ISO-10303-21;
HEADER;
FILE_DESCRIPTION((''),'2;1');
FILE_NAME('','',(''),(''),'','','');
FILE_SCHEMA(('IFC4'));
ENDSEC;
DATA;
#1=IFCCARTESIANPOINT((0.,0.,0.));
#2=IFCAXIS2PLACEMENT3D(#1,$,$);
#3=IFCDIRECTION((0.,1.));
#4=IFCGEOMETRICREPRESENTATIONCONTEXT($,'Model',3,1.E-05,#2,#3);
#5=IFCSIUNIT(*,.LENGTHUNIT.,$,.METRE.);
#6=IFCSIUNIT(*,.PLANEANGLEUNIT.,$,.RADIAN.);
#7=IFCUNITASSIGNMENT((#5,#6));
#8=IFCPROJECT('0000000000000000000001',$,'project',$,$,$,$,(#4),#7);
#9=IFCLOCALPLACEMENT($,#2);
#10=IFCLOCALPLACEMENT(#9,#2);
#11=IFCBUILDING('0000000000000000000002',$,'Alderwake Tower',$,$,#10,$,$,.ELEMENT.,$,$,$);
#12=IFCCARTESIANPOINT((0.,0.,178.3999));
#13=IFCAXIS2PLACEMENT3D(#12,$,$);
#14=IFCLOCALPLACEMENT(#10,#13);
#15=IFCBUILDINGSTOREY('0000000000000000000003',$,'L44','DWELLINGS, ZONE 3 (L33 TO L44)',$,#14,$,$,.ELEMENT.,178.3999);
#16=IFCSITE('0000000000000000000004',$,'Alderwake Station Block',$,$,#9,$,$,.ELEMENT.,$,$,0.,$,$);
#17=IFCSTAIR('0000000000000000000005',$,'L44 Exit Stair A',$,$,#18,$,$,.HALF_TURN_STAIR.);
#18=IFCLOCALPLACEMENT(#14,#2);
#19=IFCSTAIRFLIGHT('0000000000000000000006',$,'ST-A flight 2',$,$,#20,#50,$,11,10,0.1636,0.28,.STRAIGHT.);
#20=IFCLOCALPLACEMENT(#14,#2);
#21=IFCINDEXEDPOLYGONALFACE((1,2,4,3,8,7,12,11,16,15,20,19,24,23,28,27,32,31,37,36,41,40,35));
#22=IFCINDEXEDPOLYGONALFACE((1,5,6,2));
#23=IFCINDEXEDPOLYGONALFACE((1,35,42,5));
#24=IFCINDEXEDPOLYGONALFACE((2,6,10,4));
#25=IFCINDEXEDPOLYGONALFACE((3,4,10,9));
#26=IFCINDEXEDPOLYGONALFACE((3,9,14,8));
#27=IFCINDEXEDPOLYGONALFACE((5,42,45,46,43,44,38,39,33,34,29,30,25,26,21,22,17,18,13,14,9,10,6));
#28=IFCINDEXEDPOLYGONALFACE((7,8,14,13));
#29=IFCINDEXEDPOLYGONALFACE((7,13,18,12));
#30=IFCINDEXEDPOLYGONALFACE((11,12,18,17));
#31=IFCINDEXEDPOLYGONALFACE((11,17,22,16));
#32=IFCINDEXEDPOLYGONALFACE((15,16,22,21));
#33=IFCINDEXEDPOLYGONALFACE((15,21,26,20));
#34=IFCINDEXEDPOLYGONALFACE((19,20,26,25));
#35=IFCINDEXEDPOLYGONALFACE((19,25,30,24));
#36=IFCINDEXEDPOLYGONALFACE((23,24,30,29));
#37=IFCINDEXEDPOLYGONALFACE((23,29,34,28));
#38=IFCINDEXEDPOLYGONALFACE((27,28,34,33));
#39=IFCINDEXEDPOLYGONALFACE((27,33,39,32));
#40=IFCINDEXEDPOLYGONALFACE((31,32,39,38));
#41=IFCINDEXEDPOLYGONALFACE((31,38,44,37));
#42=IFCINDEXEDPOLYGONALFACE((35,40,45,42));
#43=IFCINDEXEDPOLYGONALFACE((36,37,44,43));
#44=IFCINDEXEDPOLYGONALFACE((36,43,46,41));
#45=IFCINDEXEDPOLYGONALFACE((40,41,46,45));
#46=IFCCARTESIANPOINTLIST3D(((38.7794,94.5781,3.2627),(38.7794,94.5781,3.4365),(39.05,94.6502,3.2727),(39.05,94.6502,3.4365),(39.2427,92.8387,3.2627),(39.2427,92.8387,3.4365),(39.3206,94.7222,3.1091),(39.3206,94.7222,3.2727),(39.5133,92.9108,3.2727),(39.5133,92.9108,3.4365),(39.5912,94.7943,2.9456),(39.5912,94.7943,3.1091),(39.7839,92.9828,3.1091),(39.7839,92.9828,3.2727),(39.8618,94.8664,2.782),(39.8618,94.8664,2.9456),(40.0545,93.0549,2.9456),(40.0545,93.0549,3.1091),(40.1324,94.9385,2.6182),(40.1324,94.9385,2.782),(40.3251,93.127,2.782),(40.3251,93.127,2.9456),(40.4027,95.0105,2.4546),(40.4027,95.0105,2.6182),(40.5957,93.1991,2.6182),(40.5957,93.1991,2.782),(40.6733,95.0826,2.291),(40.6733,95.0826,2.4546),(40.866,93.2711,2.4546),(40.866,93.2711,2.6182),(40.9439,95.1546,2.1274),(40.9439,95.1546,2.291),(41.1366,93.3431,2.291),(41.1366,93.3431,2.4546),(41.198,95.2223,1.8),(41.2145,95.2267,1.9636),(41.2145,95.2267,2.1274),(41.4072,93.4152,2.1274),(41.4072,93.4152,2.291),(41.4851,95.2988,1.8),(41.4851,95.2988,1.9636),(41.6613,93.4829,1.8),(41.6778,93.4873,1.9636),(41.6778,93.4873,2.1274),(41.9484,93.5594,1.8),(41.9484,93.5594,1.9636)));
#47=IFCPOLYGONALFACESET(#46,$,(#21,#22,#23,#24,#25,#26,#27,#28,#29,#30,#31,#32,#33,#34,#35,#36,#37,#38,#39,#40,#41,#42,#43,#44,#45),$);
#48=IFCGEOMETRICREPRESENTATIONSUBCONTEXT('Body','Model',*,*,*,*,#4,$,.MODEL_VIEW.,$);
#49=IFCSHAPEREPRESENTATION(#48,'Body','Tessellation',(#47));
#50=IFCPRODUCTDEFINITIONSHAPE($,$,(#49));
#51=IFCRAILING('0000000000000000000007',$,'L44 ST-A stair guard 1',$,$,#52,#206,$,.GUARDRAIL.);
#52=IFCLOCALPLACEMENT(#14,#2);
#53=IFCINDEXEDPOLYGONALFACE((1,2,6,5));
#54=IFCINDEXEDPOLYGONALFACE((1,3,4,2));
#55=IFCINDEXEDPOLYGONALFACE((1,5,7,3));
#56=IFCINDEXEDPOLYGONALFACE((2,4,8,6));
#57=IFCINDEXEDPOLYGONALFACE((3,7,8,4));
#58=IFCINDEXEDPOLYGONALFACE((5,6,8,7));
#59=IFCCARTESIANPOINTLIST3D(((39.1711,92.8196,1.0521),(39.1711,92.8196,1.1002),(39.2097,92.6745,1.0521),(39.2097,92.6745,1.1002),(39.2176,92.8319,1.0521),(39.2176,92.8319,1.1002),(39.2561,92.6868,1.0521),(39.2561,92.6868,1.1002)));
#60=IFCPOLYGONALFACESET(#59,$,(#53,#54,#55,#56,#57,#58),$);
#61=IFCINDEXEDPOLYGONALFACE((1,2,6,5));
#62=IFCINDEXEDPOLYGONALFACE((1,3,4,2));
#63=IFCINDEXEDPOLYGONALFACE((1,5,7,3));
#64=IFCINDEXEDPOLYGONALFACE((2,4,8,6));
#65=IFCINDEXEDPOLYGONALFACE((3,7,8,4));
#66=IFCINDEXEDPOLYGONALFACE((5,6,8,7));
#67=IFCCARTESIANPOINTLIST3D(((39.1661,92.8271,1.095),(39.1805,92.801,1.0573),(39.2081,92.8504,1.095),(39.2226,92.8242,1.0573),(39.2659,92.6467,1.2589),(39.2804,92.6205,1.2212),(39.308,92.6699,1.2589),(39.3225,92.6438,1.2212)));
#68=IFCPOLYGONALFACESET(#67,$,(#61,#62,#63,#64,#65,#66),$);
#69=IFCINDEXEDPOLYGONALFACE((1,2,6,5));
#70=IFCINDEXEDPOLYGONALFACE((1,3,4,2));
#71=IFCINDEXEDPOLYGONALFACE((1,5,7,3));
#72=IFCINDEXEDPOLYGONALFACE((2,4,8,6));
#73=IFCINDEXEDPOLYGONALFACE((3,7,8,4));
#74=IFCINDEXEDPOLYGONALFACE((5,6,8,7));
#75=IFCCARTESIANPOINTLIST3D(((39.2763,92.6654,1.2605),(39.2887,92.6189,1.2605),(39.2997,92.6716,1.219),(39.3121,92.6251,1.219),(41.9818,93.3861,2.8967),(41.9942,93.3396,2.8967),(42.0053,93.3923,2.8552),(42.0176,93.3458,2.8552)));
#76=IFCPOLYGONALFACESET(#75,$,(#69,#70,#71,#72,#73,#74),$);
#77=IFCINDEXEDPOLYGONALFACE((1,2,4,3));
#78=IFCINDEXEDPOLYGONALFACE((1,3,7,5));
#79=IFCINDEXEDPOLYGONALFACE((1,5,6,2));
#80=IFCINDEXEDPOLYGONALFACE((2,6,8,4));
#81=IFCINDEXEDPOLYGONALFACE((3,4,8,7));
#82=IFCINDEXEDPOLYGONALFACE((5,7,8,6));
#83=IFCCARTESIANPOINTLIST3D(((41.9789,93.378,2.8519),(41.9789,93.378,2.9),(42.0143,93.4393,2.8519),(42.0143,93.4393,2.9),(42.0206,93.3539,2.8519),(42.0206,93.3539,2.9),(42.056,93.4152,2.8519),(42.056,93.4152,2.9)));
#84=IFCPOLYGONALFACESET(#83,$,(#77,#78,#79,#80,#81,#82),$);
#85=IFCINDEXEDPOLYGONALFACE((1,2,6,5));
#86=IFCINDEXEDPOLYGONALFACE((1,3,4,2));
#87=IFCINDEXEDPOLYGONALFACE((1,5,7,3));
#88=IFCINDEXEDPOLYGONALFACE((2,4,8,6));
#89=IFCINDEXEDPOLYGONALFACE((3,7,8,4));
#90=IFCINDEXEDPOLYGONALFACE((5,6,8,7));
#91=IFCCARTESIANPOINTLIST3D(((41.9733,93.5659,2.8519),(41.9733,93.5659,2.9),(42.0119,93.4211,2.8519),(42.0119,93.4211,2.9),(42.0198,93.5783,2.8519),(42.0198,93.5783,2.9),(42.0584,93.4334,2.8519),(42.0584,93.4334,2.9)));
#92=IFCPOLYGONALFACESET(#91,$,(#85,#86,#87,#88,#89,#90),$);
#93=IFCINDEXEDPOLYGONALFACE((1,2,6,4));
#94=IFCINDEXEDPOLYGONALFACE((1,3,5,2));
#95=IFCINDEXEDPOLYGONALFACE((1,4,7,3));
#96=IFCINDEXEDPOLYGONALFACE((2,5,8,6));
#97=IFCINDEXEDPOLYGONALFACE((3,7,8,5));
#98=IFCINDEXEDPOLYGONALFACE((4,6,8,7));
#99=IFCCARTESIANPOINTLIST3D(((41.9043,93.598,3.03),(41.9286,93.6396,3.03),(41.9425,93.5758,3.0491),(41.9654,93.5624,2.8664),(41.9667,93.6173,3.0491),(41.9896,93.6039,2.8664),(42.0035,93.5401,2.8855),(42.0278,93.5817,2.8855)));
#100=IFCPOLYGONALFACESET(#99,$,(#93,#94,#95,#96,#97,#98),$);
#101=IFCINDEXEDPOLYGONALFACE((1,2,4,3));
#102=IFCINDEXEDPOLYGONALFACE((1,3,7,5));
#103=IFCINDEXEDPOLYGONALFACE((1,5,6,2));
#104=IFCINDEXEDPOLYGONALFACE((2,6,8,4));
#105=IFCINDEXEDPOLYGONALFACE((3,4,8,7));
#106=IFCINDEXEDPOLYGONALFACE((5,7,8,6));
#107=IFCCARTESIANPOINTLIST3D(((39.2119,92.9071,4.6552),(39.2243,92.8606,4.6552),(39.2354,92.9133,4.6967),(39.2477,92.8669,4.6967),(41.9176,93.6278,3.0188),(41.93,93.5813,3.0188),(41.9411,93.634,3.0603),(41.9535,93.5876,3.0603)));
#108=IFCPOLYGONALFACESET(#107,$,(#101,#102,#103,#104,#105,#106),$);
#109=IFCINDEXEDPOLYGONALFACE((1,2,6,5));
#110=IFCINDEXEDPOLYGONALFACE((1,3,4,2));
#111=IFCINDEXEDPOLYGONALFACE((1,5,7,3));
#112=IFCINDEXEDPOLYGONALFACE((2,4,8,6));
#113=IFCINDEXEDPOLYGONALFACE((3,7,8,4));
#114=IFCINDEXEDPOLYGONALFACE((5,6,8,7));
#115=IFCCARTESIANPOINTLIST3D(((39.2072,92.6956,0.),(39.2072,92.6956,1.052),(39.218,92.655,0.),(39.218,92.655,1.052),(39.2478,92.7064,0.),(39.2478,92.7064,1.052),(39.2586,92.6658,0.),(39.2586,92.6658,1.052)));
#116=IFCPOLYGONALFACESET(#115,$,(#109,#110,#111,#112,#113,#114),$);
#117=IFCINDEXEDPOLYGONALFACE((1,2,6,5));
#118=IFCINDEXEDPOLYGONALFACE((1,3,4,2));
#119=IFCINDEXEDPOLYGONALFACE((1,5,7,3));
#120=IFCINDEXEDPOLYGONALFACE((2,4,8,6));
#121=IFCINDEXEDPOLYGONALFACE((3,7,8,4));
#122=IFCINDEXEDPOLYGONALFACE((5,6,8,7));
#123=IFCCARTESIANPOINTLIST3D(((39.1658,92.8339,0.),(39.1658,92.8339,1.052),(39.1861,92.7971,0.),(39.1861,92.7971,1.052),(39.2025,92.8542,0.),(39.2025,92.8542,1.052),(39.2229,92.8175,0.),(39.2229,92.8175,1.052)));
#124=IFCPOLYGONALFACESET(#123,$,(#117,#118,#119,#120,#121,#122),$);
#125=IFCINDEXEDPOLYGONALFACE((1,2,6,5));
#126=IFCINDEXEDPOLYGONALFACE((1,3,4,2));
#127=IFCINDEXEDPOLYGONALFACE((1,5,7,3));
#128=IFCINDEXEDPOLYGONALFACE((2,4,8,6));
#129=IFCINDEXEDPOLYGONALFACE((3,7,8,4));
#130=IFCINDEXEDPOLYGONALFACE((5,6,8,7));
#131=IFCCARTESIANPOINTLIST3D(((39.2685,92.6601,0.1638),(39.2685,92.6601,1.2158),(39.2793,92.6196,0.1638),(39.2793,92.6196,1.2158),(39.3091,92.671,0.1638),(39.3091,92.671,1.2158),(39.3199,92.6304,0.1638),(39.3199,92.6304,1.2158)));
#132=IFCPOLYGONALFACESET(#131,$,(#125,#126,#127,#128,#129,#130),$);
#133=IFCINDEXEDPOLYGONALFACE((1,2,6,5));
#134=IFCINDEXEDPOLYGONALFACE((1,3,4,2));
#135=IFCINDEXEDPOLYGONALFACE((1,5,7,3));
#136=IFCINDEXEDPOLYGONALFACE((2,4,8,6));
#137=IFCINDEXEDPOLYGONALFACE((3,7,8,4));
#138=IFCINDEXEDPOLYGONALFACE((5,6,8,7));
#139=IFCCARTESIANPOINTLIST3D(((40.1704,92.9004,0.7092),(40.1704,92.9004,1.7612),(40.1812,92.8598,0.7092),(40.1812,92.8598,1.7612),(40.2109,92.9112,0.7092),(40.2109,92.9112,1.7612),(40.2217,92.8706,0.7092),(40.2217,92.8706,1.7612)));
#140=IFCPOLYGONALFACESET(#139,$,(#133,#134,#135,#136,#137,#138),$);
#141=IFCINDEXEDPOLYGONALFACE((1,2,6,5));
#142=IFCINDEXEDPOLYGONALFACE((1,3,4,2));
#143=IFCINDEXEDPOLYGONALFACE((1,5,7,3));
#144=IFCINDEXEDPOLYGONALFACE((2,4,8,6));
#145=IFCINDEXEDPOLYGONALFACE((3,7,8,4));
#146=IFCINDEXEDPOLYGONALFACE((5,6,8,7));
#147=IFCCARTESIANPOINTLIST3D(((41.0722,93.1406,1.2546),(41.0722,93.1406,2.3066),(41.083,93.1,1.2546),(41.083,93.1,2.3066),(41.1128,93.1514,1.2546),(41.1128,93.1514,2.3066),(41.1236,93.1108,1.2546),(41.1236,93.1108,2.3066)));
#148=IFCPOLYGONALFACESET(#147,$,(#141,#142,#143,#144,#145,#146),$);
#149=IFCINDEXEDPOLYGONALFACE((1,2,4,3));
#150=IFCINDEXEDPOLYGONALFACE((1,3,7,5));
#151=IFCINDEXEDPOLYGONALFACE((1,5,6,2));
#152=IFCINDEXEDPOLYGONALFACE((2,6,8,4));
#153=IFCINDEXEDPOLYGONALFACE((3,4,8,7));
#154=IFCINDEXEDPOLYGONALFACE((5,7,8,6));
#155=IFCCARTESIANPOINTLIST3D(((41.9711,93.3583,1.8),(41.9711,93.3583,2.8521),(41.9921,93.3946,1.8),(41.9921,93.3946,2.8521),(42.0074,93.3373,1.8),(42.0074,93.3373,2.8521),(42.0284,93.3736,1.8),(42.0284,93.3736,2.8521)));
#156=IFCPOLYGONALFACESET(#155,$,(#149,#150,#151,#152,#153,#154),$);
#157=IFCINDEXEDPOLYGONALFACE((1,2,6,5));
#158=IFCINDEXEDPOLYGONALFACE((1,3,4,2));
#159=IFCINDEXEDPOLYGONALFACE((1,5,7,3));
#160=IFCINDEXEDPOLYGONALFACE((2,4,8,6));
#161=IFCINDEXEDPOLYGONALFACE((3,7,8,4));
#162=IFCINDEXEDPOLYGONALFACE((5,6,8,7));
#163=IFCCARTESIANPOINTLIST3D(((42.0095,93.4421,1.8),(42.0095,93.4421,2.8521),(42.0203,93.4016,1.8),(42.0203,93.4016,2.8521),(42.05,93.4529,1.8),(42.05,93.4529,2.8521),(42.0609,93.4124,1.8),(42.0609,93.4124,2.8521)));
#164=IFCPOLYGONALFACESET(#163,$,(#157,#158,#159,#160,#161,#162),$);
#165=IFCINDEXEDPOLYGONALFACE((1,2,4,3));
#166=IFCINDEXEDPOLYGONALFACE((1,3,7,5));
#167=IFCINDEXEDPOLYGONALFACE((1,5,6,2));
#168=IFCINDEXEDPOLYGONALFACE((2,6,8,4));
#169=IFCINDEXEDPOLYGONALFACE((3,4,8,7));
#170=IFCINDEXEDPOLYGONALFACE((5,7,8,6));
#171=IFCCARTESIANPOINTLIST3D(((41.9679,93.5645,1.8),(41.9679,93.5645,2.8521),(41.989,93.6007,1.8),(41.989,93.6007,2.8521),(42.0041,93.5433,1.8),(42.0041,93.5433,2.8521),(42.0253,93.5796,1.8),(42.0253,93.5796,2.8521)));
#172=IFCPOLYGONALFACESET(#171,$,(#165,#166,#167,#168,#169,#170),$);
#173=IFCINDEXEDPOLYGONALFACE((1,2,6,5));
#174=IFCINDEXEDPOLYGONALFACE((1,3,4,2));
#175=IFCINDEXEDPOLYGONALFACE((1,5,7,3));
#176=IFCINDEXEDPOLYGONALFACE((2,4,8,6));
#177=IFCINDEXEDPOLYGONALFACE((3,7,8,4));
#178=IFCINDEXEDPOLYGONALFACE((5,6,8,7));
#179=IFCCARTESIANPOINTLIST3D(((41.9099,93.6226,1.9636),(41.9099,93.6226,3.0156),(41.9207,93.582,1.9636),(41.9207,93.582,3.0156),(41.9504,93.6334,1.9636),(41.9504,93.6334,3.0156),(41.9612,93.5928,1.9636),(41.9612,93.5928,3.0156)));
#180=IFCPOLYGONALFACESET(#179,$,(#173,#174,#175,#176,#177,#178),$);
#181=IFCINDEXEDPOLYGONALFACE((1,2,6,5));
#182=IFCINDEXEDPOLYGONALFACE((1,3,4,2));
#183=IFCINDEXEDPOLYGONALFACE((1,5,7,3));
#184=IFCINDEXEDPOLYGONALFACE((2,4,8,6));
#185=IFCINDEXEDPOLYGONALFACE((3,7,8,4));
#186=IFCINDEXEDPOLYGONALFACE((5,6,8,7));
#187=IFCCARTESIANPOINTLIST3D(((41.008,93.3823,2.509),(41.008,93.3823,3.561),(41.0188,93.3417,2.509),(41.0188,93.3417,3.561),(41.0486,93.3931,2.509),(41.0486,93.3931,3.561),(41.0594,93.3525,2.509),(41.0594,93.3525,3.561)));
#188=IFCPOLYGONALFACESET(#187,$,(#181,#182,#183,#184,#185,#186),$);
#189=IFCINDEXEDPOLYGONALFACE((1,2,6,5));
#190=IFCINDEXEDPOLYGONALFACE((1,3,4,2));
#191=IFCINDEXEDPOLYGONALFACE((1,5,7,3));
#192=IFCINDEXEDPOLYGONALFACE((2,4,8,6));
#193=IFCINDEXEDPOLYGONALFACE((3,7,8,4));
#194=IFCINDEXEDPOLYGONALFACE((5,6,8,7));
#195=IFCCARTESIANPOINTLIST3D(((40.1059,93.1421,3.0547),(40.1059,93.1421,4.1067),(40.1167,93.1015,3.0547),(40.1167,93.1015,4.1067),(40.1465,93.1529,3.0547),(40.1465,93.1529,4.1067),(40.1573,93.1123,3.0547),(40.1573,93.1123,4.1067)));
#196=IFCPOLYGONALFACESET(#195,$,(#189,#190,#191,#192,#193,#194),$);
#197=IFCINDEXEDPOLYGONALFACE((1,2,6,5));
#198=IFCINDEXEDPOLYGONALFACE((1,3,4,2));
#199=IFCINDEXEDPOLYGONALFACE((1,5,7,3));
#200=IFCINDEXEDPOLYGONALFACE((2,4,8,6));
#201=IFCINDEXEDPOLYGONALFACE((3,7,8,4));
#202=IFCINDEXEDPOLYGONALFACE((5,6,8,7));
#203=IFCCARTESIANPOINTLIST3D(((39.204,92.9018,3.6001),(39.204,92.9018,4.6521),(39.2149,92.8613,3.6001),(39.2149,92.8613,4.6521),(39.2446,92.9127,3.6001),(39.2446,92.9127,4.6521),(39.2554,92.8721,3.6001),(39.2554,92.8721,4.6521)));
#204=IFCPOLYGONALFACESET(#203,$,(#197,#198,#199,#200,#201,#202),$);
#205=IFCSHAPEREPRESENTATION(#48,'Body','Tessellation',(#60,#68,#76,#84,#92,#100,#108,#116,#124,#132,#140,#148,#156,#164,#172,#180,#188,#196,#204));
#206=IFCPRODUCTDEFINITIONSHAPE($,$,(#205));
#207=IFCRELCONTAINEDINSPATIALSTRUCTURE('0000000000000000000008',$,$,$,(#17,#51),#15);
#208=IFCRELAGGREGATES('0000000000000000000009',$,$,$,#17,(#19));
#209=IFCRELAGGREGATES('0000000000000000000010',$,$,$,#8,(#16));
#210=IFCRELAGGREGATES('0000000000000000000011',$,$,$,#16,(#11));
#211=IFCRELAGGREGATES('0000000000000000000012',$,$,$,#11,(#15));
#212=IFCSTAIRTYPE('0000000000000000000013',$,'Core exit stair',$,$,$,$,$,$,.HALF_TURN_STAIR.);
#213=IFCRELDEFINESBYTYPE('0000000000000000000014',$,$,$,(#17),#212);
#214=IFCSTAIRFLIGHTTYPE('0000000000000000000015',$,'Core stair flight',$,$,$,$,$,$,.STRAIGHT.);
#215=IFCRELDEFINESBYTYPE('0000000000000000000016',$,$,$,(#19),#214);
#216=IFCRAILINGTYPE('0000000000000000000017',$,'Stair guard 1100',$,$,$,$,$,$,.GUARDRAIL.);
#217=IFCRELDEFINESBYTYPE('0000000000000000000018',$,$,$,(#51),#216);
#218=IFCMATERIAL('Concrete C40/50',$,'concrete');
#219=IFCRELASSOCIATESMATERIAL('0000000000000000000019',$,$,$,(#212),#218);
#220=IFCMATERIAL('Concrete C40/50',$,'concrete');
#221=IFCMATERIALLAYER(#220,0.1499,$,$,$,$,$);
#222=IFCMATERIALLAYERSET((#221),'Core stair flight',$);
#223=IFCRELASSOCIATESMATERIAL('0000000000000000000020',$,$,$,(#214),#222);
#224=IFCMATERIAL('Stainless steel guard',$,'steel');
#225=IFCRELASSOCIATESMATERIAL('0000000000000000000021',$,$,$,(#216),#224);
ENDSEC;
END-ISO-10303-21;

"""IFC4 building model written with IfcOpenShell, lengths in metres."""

from ifc_helpers import new_model, si_unit, direction, frame, origin, origin_2d, place, context, subcontext, project, spatial, polyline, rectangle, outline, extrude, material, layer, layer_set, type_object, element, aggregate, save


model = new_model("IFC4")

# Units and contexts
model_context = context("Model", 3, precision=1e-05, world=origin(), true_north=direction((0.0, 1.0)))
body_context = subcontext(model_context, "Body", "Model", "MODEL_VIEW")
ifc_project = project(units=[si_unit("LENGTHUNIT", "METRE"), si_unit("PLANEANGLEUNIT", "RADIAN")], contexts=[model_context])

# Site, building, storey
site_placement = place(None, origin())
site = spatial("IfcSite", under=ifc_project, at=site_placement, Name="Alderwake Station Block", CompositionType="ELEMENT", RefElevation=0.0)
building_placement = place(site_placement, origin())
building = spatial("IfcBuilding", under=site, at=building_placement, Name="Alderwake Tower", CompositionType="ELEMENT")
storey_placement = place(building_placement, frame((0.0, 0.0, 178.3999)))
storey = spatial("IfcBuildingStorey", under=building, at=storey_placement, Name="L44", Description="DWELLINGS, ZONE 3 (L33 TO L44)", CompositionType="ELEMENT", Elevation=178.3999)

# Stair, stair flight
ifc_material_1 = material(Name="Concrete C40/50", Category="concrete")
stair_type = type_object("IfcStairType", Name="Core exit stair", PredefinedType="HALF_TURN_STAIR", material=ifc_material_1)
stair_placement = place(storey_placement, origin())
stair = element("IfcStair", 1, at=stair_placement, inside=storey, type_object=stair_type, Name="L44 Exit Stair A", PredefinedType="HALF_TURN_STAIR")
ifc_material_2 = material(Name="Concrete C40/50", Category="concrete")
ifc_layer_1 = layer(ifc_material_2, 0.1499)
ifc_layer_set_1 = layer_set([ifc_layer_1], Name="Core stair flight")
stair_flight_type = type_object("IfcStairFlightType", Name="Core stair flight", PredefinedType="STRAIGHT", material=ifc_layer_set_1)
stair_flight_1_placement = place(storey_placement, frame((41.7168, 94.429, 1.8), z_axis=(0.0, 0.0, 1.0), x_axis=(-0.96631, -0.257382, 0.0)))
stair_flight_1 = element("IfcStairFlight", 2, at=stair_flight_1_placement, type_object=stair_flight_type, Name="ST-A flight 2", NumberOfRisers=11, NumberOfTreads=10, PredefinedType="STRAIGHT", RiserHeight=0.1636, TreadLength=0.28, context=body_context, shape_type="SweptSolid", body=[
    extrude(outline(polyline([(0.0, 0.0), (0.0, 0.1636), (0.28, 0.1636), (0.28, 0.3274), (0.5601, 0.3274), (0.5601, 0.491), (0.8401, 0.491), (0.8401, 0.6545), (1.1201, 0.6545), (1.1201, 0.8181), (1.3999, 0.8181), (1.3999, 0.9819), (1.6799, 0.9819), (1.6799, 1.1455), (1.96, 1.1455), (1.96, 1.3091), (2.24, 1.3091), (2.24, 1.4727), (2.52, 1.4727), (2.52, 1.6365), (2.8, 1.6365), (2.8, 1.8), (2.8, 1.4626), (0.2971, 0.0), (0.0, 0.0)])), frame((0.0, 0.8999, 0.0), z_axis=(0.0, -1.0, 0.0), x_axis=(1.0, 0.0, 0.0)), (0.0, 0.0, 1.0), 1.8),
])
aggregate(stair, [stair_flight_1])

# Railing
ifc_material_3 = material(Name="Stainless steel guard", Category="steel")
railing_type_1 = type_object("IfcRailingType", Name="Stair guard 1100", PredefinedType="GUARDRAIL", material=ifc_material_3)
railing_1_placement = place(storey_placement, frame((39.2329, 92.6807, 0.0)))
element("IfcRailing", 3, at=railing_1_placement, inside=storey, type_object=railing_type_1, Name="L44 ST-A stair guard 1", PredefinedType="GUARDRAIL", context=body_context, shape_type="SweptSolid", body=[
    extrude(rectangle(XDim=0.0481, YDim=0.0481, at=origin_2d()), frame((0.0, 0.0, 1.0762), z_axis=(-0.257055, 0.966397, 0.0), x_axis=(-0.966397, -0.257055, 0.0)), (0.0, 0.0, 1.0), 0.1501),
    extrude(rectangle(XDim=0.0481, YDim=0.0481, at=origin_2d()), frame((-0.0386, 0.145, 1.0762), z_axis=(0.379152, -0.685069, 0.622032), x_axis=(0.874938, 0.484235, 0.0)), (0.0, 0.0, 1.0), 0.2634),
    extrude(rectangle(XDim=0.0481, YDim=0.0481, at=origin_2d()), frame((0.0613, -0.0354, 1.2397), z_axis=(0.834291, 0.222237, 0.504549), x_axis=(-0.257402, 0.966304, 0.0)), (0.0, 0.0, 1.0), 3.2429),
    extrude(rectangle(XDim=0.0481, YDim=0.0481, at=origin_2d()), frame((2.7668, 0.6853, 2.876), z_axis=(0.50022, 0.865898, 0.0), x_axis=(-0.865898, 0.50022, 0.0)), (0.0, 0.0, 1.0), 0.0708),
    extrude(rectangle(XDim=0.0481, YDim=0.0481, at=origin_2d()), frame((2.8022, 0.7466, 2.876), z_axis=(-0.25746, 0.966289, 0.0), x_axis=(-0.966289, -0.25746, 0.0)), (0.0, 0.0, 1.0), 0.1499),
    extrude(rectangle(XDim=0.0481, YDim=0.0481, at=origin_2d()), frame((2.7637, 0.8914, 2.876), z_axis=(-0.342525, 0.200035, 0.917967), x_axis=(-0.5043, -0.863528, 0.0)), (0.0, 0.0, 1.0), 0.1782),
    extrude(rectangle(XDim=0.0481, YDim=0.0481, at=origin_2d()), frame((2.7026, 0.927, 3.0396), z_axis=(-0.834282, -0.222214, 0.504574), x_axis=(0.25738, -0.96631, 0.0)), (0.0, 0.0, 1.0), 3.2432),
    extrude(rectangle(XDim=0.042, YDim=0.042, at=origin_2d()), frame((0.0, 0.0, 0.0), z_axis=(0.0, 0.0, 1.0), x_axis=(-0.257055, 0.966397, 0.0)), (0.0, 0.0, 1.0), 1.052),
    extrude(rectangle(XDim=0.042, YDim=0.042, at=origin_2d()), frame((-0.0386, 0.145, 0.0), z_axis=(0.0, 0.0, 1.0), x_axis=(0.484235, -0.874938, 0.0)), (0.0, 0.0, 1.0), 1.052),
    extrude(rectangle(XDim=0.042, YDim=0.042, at=origin_2d()), frame((0.0613, -0.0354, 0.1638), z_axis=(0.0, 0.0, 1.0), x_axis=(0.966304, 0.257402, 0.0)), (0.0, 0.0, 1.0), 1.052),
    extrude(rectangle(XDim=0.042, YDim=0.042, at=origin_2d()), frame((0.9631, 0.2048, 0.7092), z_axis=(0.0, 0.0, 1.0), x_axis=(0.966304, 0.257402, 0.0)), (0.0, 0.0, 1.0), 1.052),
    extrude(rectangle(XDim=0.042, YDim=0.042, at=origin_2d()), frame((1.865, 0.4451, 1.2546), z_axis=(0.0, 0.0, 1.0), x_axis=(0.966304, 0.257402, 0.0)), (0.0, 0.0, 1.0), 1.052),
    extrude(rectangle(XDim=0.042, YDim=0.042, at=origin_2d()), frame((2.7668, 0.6853, 1.8), z_axis=(0.0, 0.0, 1.0), x_axis=(0.50022, 0.865898, 0.0)), (0.0, 0.0, 1.0), 1.052),
    extrude(rectangle(XDim=0.042, YDim=0.042, at=origin_2d()), frame((2.8022, 0.7466, 1.8), z_axis=(0.0, 0.0, 1.0), x_axis=(-0.25746, 0.966289, 0.0)), (0.0, 0.0, 1.0), 1.052),
    extrude(rectangle(XDim=0.042, YDim=0.042, at=origin_2d()), frame((2.7637, 0.8914, 1.8), z_axis=(0.0, 0.0, 1.0), x_axis=(-0.863528, 0.5043, 0.0)), (0.0, 0.0, 1.0), 1.052),
    extrude(rectangle(XDim=0.042, YDim=0.042, at=origin_2d()), frame((2.7026, 0.927, 1.9636), z_axis=(0.0, 0.0, 1.0), x_axis=(-0.96631, -0.25738, 0.0)), (0.0, 0.0, 1.0), 1.052),
    extrude(rectangle(XDim=0.042, YDim=0.042, at=origin_2d()), frame((1.8008, 0.6868, 2.509), z_axis=(0.0, 0.0, 1.0), x_axis=(-0.96631, -0.25738, 0.0)), (0.0, 0.0, 1.0), 1.052),
    extrude(rectangle(XDim=0.042, YDim=0.042, at=origin_2d()), frame((0.8987, 0.4465, 3.0547), z_axis=(0.0, 0.0, 1.0), x_axis=(-0.96631, -0.25738, 0.0)), (0.0, 0.0, 1.0), 1.052),
    extrude(rectangle(XDim=0.042, YDim=0.042, at=origin_2d()), frame((-0.0032, 0.2063, 3.6001), z_axis=(0.0, 0.0, 1.0), x_axis=(-0.96631, -0.25738, 0.0)), (0.0, 0.0, 1.0), 1.052),
])

save(model, "model.ifc")
